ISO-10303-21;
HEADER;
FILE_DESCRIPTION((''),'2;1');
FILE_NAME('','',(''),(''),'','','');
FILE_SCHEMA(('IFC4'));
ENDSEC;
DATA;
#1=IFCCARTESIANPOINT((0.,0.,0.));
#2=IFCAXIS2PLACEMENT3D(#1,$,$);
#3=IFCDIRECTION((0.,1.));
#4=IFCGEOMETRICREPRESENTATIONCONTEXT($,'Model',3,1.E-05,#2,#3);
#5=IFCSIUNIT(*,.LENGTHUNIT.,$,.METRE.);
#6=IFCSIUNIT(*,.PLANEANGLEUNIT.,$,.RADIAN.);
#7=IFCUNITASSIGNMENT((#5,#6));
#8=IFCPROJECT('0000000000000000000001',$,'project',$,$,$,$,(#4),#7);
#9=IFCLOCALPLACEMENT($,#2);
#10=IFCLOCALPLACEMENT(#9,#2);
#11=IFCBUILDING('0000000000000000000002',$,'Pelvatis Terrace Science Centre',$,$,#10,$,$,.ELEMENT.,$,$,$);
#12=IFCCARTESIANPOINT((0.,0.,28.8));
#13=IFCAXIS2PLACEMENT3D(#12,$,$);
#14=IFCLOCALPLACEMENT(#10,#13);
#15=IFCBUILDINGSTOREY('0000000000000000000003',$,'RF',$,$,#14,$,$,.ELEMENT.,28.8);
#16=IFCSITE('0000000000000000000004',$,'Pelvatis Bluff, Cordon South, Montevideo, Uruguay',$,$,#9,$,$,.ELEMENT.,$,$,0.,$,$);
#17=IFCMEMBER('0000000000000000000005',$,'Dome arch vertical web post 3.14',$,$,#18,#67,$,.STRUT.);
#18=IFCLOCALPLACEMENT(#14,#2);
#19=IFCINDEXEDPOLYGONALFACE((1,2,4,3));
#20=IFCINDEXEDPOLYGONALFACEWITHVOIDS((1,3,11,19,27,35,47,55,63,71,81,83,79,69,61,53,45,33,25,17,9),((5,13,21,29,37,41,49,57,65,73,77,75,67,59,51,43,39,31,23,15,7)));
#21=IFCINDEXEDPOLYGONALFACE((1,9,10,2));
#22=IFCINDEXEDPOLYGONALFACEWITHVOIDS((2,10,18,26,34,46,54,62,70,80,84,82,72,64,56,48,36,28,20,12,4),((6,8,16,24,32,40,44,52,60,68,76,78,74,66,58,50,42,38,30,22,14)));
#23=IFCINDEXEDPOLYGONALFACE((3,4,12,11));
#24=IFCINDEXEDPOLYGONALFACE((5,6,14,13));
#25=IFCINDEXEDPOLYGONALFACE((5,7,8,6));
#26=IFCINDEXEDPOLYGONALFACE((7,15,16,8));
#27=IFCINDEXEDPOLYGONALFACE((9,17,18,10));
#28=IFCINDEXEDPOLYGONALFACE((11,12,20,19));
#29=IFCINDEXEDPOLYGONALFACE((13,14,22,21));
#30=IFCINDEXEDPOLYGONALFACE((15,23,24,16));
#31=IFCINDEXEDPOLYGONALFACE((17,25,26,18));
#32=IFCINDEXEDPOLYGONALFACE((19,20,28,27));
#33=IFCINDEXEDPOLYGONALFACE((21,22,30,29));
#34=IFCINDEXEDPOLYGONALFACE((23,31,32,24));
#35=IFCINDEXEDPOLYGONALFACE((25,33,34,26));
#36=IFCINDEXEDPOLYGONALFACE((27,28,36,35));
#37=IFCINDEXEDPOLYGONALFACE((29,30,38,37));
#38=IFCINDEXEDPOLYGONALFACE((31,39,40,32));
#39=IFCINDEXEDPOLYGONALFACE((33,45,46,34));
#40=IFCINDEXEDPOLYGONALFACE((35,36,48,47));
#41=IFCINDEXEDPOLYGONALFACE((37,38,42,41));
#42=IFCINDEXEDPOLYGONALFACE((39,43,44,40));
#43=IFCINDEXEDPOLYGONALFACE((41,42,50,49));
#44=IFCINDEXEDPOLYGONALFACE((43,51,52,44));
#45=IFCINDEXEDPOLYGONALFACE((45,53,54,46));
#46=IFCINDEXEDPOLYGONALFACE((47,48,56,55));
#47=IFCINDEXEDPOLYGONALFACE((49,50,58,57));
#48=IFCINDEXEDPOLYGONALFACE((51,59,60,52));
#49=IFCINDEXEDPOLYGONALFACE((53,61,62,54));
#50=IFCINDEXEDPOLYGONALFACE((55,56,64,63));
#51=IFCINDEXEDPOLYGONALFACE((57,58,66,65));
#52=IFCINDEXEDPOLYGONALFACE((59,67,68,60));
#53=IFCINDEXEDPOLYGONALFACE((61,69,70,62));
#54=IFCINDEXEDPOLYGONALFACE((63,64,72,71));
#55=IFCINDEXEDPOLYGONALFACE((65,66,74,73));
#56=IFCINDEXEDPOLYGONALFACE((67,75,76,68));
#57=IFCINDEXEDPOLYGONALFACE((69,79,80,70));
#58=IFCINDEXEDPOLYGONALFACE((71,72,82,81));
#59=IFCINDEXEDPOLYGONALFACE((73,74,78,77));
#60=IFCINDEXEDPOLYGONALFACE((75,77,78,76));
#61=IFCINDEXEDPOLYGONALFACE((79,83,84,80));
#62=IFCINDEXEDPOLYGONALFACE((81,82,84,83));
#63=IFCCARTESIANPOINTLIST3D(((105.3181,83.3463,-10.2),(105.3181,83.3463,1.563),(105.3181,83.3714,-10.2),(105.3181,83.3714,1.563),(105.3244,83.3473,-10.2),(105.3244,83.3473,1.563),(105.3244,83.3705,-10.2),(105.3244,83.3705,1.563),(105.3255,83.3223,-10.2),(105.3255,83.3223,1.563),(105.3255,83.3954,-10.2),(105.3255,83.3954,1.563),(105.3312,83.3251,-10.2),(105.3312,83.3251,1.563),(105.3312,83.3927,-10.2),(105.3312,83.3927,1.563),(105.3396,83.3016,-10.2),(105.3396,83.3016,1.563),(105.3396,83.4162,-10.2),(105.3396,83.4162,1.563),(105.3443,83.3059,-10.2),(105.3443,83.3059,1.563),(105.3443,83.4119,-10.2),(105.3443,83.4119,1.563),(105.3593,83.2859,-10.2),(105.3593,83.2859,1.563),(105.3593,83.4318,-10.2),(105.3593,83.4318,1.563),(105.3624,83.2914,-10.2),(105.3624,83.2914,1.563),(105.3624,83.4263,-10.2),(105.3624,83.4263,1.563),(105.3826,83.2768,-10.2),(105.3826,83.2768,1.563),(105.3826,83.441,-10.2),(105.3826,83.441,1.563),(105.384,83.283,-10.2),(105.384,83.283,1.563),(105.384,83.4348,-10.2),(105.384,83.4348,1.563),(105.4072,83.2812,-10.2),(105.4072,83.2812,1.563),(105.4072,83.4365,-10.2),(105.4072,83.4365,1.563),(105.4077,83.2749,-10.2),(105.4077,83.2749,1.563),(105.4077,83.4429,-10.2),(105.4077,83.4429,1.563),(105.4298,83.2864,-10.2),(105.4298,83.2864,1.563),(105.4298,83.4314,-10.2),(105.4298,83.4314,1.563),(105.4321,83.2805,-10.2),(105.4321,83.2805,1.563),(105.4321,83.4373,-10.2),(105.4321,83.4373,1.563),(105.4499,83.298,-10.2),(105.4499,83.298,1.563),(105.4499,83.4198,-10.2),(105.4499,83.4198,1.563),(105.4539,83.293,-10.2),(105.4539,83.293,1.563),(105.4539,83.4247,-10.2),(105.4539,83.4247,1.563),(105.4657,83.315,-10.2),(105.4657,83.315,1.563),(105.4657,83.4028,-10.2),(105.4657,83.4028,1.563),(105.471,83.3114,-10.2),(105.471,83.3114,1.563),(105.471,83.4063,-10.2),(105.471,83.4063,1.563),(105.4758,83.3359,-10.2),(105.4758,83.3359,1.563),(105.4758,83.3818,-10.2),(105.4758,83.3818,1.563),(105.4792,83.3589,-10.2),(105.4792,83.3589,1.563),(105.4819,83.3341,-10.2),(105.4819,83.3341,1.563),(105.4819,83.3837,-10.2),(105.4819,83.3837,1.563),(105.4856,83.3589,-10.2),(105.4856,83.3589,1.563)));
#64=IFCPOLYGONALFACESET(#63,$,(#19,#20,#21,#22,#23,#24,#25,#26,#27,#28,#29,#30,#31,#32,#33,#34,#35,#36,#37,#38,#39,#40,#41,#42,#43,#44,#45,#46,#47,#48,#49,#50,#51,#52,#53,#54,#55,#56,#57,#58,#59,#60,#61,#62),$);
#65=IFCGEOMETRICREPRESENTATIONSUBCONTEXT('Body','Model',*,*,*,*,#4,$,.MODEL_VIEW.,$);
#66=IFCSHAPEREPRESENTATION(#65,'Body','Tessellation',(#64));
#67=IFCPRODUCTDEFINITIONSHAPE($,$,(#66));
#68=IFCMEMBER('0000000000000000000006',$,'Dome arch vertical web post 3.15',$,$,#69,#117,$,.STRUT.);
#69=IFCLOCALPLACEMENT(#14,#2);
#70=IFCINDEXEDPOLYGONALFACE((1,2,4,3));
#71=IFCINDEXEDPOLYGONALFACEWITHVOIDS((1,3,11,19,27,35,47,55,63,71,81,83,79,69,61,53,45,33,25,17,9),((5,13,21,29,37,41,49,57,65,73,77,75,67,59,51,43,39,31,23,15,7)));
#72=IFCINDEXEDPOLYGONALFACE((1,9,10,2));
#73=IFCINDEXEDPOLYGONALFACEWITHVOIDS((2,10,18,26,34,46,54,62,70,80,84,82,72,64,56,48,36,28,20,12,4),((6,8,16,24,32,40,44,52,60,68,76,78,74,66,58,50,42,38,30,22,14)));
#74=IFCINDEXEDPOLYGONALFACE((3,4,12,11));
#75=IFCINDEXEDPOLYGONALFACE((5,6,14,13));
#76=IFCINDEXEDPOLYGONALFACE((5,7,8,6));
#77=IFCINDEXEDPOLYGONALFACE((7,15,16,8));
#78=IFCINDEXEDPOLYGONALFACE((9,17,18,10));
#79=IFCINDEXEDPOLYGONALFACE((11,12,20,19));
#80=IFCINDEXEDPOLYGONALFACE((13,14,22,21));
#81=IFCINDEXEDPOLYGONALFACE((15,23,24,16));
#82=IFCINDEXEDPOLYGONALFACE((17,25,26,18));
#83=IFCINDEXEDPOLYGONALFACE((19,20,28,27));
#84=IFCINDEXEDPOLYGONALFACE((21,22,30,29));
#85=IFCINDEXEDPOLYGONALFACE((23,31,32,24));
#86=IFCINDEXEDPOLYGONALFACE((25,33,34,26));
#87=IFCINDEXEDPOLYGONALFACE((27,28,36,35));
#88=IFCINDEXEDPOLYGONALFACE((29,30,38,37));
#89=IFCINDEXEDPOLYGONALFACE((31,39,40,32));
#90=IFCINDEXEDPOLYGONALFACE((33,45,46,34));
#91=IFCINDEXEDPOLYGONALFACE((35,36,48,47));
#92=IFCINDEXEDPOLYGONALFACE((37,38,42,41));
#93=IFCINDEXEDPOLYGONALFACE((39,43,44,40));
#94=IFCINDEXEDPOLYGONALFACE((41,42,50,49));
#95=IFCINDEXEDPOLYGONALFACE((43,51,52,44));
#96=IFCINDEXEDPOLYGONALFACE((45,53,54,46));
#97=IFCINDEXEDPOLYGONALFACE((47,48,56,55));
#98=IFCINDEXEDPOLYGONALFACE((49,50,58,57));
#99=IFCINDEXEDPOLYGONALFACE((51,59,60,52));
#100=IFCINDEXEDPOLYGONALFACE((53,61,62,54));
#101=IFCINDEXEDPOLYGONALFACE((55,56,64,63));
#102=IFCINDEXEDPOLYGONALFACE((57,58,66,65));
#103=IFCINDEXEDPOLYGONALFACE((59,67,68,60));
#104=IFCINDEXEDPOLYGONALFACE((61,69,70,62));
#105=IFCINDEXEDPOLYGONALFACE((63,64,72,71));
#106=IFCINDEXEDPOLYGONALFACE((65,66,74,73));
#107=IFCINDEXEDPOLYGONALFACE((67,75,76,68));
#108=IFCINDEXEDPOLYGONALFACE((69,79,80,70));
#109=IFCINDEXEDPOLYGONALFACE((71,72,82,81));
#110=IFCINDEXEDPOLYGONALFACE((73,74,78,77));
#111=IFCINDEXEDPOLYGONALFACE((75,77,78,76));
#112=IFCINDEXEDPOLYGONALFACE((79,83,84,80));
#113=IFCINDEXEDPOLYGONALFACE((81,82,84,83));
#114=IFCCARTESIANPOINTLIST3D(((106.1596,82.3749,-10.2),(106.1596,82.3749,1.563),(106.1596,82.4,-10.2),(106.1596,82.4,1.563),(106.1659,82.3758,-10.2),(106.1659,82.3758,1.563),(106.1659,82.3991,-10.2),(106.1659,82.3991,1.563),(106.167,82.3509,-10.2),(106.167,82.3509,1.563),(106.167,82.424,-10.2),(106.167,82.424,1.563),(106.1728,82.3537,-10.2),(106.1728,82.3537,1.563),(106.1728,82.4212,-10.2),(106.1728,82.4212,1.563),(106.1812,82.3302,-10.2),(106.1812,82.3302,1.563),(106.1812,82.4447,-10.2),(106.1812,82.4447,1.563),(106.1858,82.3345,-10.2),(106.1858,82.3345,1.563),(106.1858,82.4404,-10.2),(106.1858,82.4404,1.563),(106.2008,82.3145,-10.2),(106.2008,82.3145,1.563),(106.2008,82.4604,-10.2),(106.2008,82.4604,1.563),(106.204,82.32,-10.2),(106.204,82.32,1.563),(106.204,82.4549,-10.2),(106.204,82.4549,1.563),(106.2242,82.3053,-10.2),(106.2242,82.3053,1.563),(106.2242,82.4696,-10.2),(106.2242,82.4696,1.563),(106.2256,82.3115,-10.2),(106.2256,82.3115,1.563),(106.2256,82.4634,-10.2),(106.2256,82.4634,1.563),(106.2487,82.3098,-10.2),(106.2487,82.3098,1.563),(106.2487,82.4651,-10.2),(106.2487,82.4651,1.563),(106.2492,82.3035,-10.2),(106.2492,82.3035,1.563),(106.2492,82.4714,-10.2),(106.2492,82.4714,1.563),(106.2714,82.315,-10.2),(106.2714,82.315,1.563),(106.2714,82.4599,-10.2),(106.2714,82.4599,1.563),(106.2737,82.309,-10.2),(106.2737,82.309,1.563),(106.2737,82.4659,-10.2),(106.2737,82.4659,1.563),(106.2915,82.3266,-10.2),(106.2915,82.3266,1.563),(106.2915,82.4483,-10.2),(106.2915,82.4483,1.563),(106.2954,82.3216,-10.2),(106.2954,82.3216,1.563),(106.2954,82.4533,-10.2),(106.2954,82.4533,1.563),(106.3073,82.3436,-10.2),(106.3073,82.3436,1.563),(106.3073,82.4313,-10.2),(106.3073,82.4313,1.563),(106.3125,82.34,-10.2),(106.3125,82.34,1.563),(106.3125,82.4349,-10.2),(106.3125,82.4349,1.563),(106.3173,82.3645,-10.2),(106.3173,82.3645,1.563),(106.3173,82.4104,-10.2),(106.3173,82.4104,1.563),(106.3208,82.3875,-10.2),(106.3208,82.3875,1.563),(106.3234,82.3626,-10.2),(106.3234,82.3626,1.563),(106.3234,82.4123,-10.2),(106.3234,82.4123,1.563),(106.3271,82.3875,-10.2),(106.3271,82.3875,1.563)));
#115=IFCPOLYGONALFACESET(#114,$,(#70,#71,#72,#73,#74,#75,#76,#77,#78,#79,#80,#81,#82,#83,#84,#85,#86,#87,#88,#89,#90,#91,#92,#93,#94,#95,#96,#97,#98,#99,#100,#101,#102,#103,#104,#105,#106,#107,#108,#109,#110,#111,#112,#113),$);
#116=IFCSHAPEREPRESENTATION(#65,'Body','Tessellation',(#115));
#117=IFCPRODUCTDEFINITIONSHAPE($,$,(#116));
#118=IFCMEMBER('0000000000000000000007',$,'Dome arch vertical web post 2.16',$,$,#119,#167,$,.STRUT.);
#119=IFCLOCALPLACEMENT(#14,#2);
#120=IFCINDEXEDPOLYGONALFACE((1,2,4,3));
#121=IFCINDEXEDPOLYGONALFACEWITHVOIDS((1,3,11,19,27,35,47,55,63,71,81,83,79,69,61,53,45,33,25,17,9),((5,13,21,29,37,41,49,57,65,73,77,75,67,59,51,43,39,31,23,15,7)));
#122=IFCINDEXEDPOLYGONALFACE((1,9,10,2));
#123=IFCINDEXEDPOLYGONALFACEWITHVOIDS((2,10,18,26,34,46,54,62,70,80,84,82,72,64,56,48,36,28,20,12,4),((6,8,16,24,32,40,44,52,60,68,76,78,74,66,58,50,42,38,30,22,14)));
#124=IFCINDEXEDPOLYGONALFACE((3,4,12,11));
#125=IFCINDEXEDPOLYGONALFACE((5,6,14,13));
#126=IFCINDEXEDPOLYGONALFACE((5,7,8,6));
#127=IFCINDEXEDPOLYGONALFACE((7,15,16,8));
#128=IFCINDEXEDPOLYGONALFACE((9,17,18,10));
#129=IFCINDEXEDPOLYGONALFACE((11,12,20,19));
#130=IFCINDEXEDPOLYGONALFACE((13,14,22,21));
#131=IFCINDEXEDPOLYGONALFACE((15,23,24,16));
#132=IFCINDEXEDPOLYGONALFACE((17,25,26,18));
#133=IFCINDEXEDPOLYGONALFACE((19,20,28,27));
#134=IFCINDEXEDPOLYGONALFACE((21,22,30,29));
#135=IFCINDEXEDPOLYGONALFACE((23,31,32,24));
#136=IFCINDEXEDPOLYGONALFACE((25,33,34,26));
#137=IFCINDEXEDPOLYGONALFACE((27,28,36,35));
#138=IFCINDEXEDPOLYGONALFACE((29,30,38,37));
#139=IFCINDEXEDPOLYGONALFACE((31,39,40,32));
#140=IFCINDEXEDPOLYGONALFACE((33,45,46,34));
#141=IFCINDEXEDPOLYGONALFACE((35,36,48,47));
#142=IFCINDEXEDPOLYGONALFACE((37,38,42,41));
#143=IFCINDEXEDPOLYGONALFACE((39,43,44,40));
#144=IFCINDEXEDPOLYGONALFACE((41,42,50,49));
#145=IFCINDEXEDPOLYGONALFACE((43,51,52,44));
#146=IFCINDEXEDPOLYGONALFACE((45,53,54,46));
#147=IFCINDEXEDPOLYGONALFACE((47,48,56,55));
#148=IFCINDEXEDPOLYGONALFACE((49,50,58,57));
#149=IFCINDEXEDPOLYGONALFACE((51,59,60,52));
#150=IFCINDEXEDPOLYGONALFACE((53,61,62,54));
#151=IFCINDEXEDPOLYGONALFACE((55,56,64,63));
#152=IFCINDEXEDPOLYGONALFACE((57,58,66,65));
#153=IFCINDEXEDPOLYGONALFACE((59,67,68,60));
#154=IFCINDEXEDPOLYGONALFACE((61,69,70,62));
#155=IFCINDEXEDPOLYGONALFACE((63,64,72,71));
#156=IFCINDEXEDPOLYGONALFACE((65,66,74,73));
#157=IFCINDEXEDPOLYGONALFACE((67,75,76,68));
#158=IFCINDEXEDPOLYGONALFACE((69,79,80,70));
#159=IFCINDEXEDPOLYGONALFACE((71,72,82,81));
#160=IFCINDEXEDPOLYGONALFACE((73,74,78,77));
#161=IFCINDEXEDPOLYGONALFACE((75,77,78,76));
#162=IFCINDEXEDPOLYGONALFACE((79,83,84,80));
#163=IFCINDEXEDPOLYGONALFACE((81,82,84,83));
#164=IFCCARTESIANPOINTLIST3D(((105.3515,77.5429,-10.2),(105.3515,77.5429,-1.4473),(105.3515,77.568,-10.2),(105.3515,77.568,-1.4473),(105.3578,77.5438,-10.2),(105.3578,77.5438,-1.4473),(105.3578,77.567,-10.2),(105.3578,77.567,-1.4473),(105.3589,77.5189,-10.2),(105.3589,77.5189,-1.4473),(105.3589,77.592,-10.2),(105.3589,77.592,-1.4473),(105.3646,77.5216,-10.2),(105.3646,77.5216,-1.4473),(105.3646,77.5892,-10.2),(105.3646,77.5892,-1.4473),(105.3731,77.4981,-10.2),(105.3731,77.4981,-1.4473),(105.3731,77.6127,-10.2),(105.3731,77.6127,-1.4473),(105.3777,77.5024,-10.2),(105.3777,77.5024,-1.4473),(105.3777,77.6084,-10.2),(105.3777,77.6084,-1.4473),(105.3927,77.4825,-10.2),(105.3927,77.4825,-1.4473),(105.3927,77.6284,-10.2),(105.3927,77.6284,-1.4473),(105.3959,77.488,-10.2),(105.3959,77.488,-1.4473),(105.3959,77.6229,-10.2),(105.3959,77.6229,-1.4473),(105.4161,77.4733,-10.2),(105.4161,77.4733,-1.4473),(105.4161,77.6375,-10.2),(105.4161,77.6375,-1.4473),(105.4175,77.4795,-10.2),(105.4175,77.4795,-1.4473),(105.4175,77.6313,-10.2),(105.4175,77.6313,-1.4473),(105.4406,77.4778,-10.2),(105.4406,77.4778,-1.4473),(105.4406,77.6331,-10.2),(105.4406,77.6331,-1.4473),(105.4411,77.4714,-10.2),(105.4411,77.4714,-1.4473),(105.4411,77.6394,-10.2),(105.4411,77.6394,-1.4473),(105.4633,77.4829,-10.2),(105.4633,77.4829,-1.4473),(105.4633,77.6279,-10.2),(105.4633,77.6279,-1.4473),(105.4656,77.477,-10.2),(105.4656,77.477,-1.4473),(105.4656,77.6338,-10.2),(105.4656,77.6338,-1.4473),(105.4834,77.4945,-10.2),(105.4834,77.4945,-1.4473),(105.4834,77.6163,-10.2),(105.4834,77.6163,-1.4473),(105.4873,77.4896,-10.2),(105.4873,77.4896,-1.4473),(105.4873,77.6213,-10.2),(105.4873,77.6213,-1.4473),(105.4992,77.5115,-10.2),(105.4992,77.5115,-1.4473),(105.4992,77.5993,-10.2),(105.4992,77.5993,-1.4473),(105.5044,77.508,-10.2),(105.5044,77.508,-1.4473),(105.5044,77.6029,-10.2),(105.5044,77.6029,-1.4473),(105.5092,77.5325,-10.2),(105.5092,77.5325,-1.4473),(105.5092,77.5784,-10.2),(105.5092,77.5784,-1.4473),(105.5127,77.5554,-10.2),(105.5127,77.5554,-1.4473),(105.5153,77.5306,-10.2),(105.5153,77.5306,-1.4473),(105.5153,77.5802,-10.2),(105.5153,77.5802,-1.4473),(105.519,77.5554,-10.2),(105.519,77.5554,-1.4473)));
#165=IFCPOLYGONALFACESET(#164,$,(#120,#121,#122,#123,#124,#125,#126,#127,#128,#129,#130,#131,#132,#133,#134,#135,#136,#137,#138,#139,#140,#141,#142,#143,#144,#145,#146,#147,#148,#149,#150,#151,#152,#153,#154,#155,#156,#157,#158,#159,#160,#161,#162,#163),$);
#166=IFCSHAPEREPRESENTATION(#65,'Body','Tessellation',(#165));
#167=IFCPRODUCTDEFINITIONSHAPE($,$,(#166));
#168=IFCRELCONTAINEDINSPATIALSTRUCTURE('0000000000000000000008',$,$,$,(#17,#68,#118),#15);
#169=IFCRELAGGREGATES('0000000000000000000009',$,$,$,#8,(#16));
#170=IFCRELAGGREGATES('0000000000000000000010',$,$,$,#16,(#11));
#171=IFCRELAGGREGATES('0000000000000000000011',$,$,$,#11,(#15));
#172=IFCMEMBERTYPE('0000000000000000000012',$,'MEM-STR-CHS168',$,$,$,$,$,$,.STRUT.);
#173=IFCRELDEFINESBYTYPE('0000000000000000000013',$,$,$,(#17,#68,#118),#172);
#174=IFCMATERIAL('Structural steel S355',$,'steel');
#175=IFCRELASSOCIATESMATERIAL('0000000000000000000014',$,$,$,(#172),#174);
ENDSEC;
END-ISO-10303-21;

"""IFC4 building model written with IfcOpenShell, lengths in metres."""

from ifc_helpers import new_model, si_unit, direction, frame, origin, origin_2d, place, context, subcontext, project, spatial, hollow_circle, extrude, material, material_profile, profile_set, type_object, element, save


model = new_model("IFC4")

# Units and contexts
model_context = context("Model", 3, precision=1e-05, world=origin(), true_north=direction((0.0, 1.0)))
body_context = subcontext(model_context, "Body", "Model", "MODEL_VIEW")
ifc_project = project(units=[si_unit("LENGTHUNIT", "METRE"), si_unit("PLANEANGLEUNIT", "RADIAN")], contexts=[model_context])

# Site, building, storey
site_placement = place(None, origin())
site = spatial("IfcSite", under=ifc_project, at=site_placement, Name="Pelvatis Bluff, Cordon South, Montevideo, Uruguay", CompositionType="ELEMENT", RefElevation=0.0)
building_placement = place(site_placement, origin())
building = spatial("IfcBuilding", under=site, at=building_placement, Name="Pelvatis Terrace Science Centre", CompositionType="ELEMENT")
storey_placement = place(building_placement, frame((0.0, 0.0, 28.8)))
storey = spatial("IfcBuildingStorey", under=building, at=storey_placement, Name="RF", CompositionType="ELEMENT", Elevation=28.8)

# Members
ifc_material_1 = material(Name="Structural steel S355", Category="steel")
ifc_material_profile_1 = material_profile(ifc_material_1, hollow_circle(Radius=0.0842, WallThickness=0.0063, at=origin_2d()), Name="CHS 168.3x6.3")
ifc_profile_set_1 = profile_set([ifc_material_profile_1], Name="Structural steel S355")
member_type_1 = type_object("IfcMemberType", Name="MEM-STR-CHS168", PredefinedType="STRUT", material=ifc_profile_set_1)
for number, where, z_axis, x_axis, name in (
    (1, (105.4014, 83.3589, -10.2), (0.0, 0.0, 1.0), (1.0, 0.0, 0.0), "Dome arch vertical web post 3.14"),
    (2, (106.2429, 82.3875, -10.2), (0.0, 0.0, 1.0), (1.0, 0.0, 0.0), "Dome arch vertical web post 3.15"),
):
    element("IfcMember", number, at=place(storey_placement, frame(where, z_axis=z_axis, x_axis=x_axis)), inside=storey, type_object=member_type_1, Name=name, PredefinedType="STRUT", context=body_context, shape_type="SweptSolid", body=[
        extrude(hollow_circle(Radius=0.0842, WallThickness=0.0063, at=origin_2d()), origin(), (0.0, 0.0, 1.0), 11.7629),
    ])
member_1_placement = place(storey_placement, frame((105.4348, 77.5554, -10.2), z_axis=(0.0, 0.0, 1.0), x_axis=(1.0, 0.0, 0.0)))
element("IfcMember", 3, at=member_1_placement, inside=storey, type_object=member_type_1, Name="Dome arch vertical web post 2.16", PredefinedType="STRUT", context=body_context, shape_type="SweptSolid", body=[
    extrude(hollow_circle(Radius=0.0842, WallThickness=0.0063, at=origin_2d()), origin(), (0.0, 0.0, 1.0), 8.7527),
])

save(model, "model.ifc")
